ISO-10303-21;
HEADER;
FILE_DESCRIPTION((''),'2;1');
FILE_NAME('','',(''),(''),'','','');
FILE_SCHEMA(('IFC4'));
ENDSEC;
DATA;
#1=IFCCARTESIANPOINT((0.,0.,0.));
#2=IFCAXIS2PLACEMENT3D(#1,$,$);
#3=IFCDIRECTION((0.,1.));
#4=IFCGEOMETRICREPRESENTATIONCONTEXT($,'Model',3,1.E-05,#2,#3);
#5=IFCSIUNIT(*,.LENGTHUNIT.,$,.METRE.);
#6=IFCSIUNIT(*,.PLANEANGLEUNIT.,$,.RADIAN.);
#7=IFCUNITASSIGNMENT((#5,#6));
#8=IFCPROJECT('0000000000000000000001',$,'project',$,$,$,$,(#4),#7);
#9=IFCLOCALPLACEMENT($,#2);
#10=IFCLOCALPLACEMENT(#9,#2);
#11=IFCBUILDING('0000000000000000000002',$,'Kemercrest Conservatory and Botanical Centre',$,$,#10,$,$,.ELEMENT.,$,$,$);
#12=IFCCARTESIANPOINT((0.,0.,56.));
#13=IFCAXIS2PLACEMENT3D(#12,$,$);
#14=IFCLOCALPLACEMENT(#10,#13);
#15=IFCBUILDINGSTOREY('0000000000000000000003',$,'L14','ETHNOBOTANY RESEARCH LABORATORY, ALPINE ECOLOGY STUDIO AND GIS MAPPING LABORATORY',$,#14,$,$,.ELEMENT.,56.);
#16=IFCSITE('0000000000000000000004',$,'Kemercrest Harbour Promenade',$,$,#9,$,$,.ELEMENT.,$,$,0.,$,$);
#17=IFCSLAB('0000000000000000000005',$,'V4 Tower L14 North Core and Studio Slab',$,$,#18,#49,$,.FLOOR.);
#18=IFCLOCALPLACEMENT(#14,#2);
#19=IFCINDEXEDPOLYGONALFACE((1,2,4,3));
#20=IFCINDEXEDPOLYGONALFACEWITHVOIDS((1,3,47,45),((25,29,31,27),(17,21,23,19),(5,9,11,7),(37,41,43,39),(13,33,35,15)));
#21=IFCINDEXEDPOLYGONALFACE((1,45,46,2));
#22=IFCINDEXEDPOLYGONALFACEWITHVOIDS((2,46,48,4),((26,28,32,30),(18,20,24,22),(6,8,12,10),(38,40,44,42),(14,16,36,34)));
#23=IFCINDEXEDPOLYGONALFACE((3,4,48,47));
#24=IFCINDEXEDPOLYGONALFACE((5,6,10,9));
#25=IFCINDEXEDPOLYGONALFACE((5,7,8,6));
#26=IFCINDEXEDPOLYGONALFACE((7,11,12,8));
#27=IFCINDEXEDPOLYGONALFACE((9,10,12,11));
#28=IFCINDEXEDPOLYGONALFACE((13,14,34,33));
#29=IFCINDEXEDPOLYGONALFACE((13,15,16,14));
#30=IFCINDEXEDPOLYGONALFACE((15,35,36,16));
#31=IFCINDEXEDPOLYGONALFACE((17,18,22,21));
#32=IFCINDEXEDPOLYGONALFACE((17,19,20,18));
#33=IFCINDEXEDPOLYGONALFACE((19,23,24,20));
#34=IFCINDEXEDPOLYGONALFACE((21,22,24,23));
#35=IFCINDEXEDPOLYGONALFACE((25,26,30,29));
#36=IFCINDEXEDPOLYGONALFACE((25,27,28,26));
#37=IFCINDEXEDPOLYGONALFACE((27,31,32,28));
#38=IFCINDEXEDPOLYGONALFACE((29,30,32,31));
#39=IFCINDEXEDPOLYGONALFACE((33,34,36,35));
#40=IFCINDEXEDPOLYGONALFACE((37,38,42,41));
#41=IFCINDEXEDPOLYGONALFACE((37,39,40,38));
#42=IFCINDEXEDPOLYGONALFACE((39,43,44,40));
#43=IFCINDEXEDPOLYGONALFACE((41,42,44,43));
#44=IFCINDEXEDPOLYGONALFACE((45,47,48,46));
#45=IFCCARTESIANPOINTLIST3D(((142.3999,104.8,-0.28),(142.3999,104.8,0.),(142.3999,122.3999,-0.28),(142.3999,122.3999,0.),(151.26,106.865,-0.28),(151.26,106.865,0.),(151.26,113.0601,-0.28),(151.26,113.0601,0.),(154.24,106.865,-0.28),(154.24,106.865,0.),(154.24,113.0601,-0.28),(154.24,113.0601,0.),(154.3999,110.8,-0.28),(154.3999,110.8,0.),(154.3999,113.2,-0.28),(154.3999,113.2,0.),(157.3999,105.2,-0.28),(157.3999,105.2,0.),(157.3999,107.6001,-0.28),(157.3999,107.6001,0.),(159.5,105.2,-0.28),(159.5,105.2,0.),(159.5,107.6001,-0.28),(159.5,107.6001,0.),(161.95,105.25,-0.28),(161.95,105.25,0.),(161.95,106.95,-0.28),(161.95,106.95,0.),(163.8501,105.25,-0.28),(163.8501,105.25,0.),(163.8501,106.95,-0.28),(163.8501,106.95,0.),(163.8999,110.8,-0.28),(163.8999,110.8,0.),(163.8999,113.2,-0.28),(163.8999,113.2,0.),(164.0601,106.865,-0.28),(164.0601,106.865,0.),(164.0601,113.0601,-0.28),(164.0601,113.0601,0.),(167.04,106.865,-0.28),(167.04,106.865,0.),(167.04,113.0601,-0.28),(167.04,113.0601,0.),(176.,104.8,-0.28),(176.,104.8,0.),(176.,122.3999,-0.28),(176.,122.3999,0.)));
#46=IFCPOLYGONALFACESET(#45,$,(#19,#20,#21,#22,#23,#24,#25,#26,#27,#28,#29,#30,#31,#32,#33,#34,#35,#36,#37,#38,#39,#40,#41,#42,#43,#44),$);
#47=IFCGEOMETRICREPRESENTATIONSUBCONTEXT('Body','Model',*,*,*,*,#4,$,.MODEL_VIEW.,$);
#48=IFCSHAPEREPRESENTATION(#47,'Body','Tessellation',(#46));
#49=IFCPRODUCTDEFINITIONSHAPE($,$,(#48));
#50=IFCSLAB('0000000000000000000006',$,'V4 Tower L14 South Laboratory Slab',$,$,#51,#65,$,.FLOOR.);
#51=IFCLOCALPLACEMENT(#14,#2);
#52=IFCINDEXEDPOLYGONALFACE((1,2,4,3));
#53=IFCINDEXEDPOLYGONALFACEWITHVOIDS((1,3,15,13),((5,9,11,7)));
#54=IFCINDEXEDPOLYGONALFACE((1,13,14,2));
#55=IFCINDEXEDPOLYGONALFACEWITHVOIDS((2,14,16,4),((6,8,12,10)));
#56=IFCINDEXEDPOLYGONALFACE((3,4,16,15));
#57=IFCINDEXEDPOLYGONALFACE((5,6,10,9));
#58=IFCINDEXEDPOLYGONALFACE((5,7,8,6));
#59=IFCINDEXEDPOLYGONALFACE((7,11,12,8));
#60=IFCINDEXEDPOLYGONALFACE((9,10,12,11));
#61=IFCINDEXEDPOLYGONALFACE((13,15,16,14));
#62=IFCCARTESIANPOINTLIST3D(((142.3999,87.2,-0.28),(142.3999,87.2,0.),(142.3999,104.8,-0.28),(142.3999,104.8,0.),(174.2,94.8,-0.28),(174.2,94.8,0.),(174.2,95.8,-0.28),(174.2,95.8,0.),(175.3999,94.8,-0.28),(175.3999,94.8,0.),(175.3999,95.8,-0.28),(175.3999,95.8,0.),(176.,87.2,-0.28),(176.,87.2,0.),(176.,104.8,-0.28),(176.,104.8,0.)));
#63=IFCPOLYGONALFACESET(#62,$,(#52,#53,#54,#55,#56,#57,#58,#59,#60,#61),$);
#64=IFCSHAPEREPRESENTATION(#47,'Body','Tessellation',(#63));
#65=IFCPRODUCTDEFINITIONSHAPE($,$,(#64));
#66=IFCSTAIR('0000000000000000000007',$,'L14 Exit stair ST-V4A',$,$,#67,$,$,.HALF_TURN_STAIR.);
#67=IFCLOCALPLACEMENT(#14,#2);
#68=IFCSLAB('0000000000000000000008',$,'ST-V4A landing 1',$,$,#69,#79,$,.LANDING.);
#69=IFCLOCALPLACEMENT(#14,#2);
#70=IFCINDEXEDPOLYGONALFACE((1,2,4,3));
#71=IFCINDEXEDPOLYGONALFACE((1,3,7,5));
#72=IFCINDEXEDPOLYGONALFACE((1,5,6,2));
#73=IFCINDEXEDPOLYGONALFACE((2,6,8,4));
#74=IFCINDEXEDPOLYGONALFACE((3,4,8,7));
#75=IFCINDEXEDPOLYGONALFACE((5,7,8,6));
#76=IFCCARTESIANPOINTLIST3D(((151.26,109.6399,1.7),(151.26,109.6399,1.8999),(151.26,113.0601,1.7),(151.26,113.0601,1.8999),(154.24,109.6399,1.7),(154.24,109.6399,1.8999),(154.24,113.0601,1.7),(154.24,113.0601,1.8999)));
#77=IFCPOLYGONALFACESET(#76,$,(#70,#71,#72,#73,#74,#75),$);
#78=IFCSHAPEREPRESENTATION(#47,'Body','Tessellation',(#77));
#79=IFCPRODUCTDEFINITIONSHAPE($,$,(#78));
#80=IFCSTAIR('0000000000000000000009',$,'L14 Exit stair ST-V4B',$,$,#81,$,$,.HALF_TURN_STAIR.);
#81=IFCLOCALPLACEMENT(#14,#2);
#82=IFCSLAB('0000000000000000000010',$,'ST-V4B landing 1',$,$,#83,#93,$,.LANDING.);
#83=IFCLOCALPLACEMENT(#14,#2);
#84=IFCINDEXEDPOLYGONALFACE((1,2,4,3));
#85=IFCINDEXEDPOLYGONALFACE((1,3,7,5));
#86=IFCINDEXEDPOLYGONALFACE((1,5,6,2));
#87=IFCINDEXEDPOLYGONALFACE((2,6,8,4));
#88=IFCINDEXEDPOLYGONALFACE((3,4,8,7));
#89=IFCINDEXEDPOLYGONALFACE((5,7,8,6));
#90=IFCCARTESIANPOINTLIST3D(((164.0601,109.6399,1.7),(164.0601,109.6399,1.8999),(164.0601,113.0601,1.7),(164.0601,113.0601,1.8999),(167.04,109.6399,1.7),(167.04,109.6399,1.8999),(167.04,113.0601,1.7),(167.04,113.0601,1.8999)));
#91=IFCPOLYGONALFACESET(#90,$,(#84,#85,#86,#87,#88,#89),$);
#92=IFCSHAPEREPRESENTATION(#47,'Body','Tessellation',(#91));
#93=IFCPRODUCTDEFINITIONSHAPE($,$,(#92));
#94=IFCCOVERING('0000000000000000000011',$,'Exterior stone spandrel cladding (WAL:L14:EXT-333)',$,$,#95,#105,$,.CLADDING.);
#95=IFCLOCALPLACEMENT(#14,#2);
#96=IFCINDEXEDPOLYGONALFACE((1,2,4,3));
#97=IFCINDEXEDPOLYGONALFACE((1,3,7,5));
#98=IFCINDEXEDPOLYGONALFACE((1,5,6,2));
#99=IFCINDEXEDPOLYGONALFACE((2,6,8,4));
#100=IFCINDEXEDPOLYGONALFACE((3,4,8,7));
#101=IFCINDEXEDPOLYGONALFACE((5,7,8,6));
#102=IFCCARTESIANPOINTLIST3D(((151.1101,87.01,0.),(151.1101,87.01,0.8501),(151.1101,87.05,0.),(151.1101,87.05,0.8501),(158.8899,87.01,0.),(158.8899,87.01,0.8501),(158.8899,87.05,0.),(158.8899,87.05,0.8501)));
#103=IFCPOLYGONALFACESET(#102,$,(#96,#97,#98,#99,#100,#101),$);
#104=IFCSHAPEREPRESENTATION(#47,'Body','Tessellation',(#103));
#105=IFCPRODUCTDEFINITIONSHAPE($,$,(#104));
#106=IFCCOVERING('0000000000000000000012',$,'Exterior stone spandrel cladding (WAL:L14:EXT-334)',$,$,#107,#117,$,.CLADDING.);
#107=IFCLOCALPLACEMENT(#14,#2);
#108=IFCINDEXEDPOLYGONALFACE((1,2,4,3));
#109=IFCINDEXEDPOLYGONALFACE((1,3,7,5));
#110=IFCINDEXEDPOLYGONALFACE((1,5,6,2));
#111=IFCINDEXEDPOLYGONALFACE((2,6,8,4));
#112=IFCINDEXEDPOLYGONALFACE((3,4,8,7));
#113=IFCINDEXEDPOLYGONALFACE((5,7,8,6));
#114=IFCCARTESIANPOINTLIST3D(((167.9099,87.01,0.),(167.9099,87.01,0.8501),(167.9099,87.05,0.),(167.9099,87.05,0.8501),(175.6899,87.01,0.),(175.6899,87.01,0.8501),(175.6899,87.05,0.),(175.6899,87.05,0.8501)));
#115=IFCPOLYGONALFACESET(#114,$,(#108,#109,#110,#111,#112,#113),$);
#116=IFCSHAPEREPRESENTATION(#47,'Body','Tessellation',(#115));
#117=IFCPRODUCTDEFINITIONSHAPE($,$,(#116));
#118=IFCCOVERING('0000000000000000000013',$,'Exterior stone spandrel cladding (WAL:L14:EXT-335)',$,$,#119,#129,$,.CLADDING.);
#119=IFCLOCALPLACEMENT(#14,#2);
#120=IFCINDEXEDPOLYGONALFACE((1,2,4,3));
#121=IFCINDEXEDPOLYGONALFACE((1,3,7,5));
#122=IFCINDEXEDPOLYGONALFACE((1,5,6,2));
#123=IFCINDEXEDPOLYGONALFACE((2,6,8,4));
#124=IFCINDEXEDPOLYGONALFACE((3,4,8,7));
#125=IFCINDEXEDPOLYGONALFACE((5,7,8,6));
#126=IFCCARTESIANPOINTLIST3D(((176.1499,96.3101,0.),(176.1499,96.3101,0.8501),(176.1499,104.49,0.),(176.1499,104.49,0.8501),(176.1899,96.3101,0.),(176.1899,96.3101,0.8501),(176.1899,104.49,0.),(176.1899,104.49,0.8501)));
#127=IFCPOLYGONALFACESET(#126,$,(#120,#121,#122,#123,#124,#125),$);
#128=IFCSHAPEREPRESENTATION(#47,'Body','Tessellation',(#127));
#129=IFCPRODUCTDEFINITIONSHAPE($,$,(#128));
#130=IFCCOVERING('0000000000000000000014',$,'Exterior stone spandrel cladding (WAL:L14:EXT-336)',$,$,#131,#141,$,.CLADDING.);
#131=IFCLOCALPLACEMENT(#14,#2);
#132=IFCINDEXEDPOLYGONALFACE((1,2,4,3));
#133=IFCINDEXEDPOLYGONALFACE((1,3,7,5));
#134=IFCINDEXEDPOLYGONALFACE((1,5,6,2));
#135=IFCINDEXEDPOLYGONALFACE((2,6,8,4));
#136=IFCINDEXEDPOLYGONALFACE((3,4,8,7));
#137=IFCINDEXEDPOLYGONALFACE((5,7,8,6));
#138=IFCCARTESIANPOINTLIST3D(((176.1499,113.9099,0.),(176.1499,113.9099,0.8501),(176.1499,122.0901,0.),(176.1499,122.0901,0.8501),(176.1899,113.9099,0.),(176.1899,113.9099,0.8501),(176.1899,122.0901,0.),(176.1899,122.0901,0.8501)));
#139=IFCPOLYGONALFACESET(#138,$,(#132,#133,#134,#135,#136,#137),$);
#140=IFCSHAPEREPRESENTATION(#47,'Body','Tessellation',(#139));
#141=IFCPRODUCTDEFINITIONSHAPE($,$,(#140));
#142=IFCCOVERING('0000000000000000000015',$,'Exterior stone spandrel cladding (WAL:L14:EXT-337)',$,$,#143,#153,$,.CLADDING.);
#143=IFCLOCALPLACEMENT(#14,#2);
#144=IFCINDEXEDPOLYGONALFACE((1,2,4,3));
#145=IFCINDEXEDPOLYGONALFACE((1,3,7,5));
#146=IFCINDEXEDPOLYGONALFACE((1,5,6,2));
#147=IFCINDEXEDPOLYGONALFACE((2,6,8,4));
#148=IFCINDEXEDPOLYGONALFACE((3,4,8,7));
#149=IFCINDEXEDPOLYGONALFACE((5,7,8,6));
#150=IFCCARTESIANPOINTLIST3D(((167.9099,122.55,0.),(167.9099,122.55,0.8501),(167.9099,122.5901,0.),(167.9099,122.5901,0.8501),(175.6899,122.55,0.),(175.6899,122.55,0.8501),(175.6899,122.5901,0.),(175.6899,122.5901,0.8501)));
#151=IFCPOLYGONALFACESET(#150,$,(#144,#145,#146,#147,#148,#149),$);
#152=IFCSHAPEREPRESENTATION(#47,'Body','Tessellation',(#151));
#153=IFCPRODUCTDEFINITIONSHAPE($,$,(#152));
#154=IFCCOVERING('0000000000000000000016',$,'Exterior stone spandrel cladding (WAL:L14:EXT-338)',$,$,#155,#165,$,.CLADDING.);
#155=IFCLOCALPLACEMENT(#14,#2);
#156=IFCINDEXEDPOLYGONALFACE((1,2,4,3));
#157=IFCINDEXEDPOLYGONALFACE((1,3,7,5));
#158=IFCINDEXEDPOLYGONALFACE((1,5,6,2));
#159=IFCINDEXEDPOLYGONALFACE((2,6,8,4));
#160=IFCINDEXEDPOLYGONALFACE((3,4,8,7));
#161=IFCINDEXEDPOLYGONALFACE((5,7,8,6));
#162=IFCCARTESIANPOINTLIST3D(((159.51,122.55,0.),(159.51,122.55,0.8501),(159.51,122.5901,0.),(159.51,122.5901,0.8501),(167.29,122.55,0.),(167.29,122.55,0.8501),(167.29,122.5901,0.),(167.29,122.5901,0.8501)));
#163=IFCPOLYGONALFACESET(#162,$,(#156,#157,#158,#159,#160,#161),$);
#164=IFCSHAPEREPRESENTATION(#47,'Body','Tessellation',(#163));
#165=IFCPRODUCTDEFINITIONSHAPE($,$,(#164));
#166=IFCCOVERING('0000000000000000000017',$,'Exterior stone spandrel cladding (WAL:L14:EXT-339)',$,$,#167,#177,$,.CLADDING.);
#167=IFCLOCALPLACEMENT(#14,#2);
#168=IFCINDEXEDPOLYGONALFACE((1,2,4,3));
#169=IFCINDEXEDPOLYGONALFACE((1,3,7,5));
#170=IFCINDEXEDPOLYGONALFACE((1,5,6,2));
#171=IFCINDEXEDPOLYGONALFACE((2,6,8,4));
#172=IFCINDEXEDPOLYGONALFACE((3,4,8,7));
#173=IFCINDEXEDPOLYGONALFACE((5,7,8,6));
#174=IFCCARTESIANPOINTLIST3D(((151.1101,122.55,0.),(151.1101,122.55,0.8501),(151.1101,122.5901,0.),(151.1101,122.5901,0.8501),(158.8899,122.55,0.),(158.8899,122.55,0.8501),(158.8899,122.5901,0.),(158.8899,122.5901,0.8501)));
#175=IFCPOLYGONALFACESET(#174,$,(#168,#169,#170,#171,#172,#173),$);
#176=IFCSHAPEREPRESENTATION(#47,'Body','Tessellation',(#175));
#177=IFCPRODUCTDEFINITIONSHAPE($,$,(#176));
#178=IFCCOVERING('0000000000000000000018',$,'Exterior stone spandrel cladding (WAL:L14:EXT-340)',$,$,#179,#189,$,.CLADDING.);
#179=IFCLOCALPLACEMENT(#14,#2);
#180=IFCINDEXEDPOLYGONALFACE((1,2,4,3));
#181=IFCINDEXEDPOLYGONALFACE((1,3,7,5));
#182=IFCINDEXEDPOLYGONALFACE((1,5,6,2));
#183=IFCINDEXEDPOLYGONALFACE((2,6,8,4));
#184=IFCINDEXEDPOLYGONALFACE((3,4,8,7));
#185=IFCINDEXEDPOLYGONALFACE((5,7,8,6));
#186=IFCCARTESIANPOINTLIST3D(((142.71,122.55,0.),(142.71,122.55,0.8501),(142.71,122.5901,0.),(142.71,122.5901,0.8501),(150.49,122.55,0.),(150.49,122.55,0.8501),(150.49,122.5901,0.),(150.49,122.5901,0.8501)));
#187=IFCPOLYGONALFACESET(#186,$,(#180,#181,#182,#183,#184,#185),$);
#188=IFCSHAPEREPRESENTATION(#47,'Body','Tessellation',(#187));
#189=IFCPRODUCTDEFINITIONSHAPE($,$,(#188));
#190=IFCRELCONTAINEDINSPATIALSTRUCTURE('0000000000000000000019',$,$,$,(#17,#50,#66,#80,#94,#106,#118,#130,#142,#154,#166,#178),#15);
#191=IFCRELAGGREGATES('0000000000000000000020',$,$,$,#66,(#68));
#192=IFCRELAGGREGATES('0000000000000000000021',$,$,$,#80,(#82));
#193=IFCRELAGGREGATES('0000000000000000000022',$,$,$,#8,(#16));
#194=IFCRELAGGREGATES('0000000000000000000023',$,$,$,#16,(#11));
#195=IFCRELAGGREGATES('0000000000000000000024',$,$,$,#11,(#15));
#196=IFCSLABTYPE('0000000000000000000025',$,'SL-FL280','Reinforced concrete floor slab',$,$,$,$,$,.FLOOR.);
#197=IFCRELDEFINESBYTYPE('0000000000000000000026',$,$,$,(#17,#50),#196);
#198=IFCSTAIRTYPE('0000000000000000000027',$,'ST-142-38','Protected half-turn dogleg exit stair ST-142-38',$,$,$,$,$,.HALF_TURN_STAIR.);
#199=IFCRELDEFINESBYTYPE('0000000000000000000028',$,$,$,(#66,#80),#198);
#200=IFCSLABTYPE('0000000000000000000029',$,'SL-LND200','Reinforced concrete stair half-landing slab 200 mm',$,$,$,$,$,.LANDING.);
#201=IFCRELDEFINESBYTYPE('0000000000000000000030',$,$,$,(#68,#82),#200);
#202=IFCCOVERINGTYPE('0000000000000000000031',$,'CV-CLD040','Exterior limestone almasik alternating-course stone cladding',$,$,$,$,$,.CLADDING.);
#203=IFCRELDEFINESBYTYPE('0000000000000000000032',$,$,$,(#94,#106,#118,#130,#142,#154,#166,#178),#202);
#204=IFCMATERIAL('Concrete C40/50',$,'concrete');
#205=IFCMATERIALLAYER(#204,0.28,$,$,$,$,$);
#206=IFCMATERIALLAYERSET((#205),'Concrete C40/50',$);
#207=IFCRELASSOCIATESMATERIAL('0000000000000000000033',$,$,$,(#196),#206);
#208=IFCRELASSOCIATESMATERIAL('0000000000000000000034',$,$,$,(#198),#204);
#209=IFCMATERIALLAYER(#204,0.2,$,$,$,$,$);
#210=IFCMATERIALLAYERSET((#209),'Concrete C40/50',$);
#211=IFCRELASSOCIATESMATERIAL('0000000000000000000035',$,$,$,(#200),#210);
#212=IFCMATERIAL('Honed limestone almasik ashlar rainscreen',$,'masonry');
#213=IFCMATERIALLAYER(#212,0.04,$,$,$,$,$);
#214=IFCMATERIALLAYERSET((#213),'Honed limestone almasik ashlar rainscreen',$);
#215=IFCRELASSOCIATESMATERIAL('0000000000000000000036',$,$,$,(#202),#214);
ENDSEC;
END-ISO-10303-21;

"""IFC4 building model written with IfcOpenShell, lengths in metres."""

from ifc_helpers import new_model, si_unit, direction, frame, origin, place, context, subcontext, project, spatial, polyline, outline, extrude, material, layer, layer_set, type_object, element, aggregate, save


model = new_model("IFC4")

# Units and contexts
model_context = context("Model", 3, precision=1e-05, world=origin(), true_north=direction((0.0, 1.0)))
body_context = subcontext(model_context, "Body", "Model", "MODEL_VIEW")
ifc_project = project(units=[si_unit("LENGTHUNIT", "METRE"), si_unit("PLANEANGLEUNIT", "RADIAN")], contexts=[model_context])

# Site, building, storey
site_placement = place(None, origin())
site = spatial("IfcSite", under=ifc_project, at=site_placement, Name="Kemercrest Harbour Promenade", CompositionType="ELEMENT", RefElevation=0.0)
building_placement = place(site_placement, origin())
building = spatial("IfcBuilding", under=site, at=building_placement, Name="Kemercrest Conservatory and Botanical Centre", CompositionType="ELEMENT")
storey_placement = place(building_placement, frame((0.0, 0.0, 56.0)))
storey = spatial("IfcBuildingStorey", under=building, at=storey_placement, Name="L14", Description="ETHNOBOTANY RESEARCH LABORATORY, ALPINE ECOLOGY STUDIO AND GIS MAPPING LABORATORY", CompositionType="ELEMENT", Elevation=56.0)

# Slabs
ifc_material_1 = material(Name="Concrete C40/50", Category="concrete")
ifc_layer_1 = layer(ifc_material_1, 0.28)
ifc_layer_set_1 = layer_set([ifc_layer_1], Name="Concrete C40/50")
slab_type_1 = type_object("IfcSlabType", Name="SL-FL280", Description="Reinforced concrete floor slab", PredefinedType="FLOOR", material=ifc_layer_set_1)
slab_1_placement = place(storey_placement, frame((0.0, 0.0, -0.28)))
element("IfcSlab", 1, at=slab_1_placement, inside=storey, type_object=slab_type_1, Name="V4 Tower L14 North Core and Studio Slab", PredefinedType="FLOOR", context=body_context, shape_type="SweptSolid", body=[
    extrude(outline(polyline([(142.3999, 122.3999), (142.3999, 104.8), (176.0, 104.8), (176.0, 122.3999), (142.3999, 122.3999)]), holes=[polyline([(164.0601, 106.865), (164.0601, 113.0601), (167.04, 113.0601), (167.04, 106.865), (164.0601, 106.865)]), polyline([(154.3999, 110.8), (154.3999, 113.2), (163.8999, 113.2), (163.8999, 110.8), (154.3999, 110.8)]), polyline([(161.95, 105.25), (161.95, 106.95), (163.8501, 106.95), (163.8501, 105.25), (161.95, 105.25)]), polyline([(157.3999, 105.2), (157.3999, 107.6001), (159.5, 107.6001), (159.5, 105.2), (157.3999, 105.2)]), polyline([(154.24, 106.865), (151.26, 106.865), (151.26, 113.0601), (154.24, 113.0601), (154.24, 106.865)])]), origin(), (0.0, 0.0, 1.0), 0.28),
])
slab_2_placement = place(storey_placement, frame((0.0, 0.0, -0.28)))
element("IfcSlab", 2, at=slab_2_placement, inside=storey, type_object=slab_type_1, Name="V4 Tower L14 South Laboratory Slab", PredefinedType="FLOOR", context=body_context, shape_type="SweptSolid", body=[
    extrude(outline(polyline([(142.3999, 104.8), (142.3999, 87.2), (176.0, 87.2), (176.0, 104.8), (142.3999, 104.8)]), holes=[polyline([(175.3999, 94.8), (174.2, 94.8), (174.2, 95.8), (175.3999, 95.8), (175.3999, 94.8)])]), origin(), (0.0, 0.0, 1.0), 0.28),
])

# Stairs, slabs
stair_type = type_object("IfcStairType", Name="ST-142-38", Description="Protected half-turn dogleg exit stair ST-142-38", PredefinedType="HALF_TURN_STAIR", material=ifc_material_1)
stair_1_placement = place(storey_placement, origin())
stair_1 = element("IfcStair", 3, at=stair_1_placement, inside=storey, type_object=stair_type, Name="L14 Exit stair ST-V4A", PredefinedType="HALF_TURN_STAIR")
ifc_layer_2 = layer(ifc_material_1, 0.2)
ifc_layer_set_2 = layer_set([ifc_layer_2], Name="Concrete C40/50")
slab_type_2 = type_object("IfcSlabType", Name="SL-LND200", Description="Reinforced concrete stair half-landing slab 200 mm", PredefinedType="LANDING", material=ifc_layer_set_2)
slab_3_placement = place(storey_placement, frame((0.0, 0.0, 1.7)))
slab_3 = element("IfcSlab", 4, at=slab_3_placement, type_object=slab_type_2, Name="ST-V4A landing 1", PredefinedType="LANDING", context=body_context, shape_type="SweptSolid", body=[
    extrude(outline(polyline([(154.24, 109.6399), (154.24, 113.0601), (151.26, 113.0601), (151.26, 109.6399), (154.24, 109.6399)])), origin(), (0.0, 0.0, 1.0), 0.2),
])
aggregate(stair_1, [slab_3])
stair_2_placement = place(storey_placement, origin())
stair_2 = element("IfcStair", 5, at=stair_2_placement, inside=storey, type_object=stair_type, Name="L14 Exit stair ST-V4B", PredefinedType="HALF_TURN_STAIR")
slab_4_placement = place(storey_placement, frame((0.0, 0.0, 1.7)))
slab_4 = element("IfcSlab", 6, at=slab_4_placement, type_object=slab_type_2, Name="ST-V4B landing 1", PredefinedType="LANDING", context=body_context, shape_type="SweptSolid", body=[
    extrude(outline(polyline([(167.04, 109.6399), (167.04, 113.0601), (164.0601, 113.0601), (164.0601, 109.6399), (167.04, 109.6399)])), origin(), (0.0, 0.0, 1.0), 0.2),
])
aggregate(stair_2, [slab_4])

# Coverings
ifc_material_2 = material(Name="Honed limestone almasik ashlar rainscreen", Category="masonry")
ifc_layer_3 = layer(ifc_material_2, 0.04)
ifc_layer_set_3 = layer_set([ifc_layer_3], Name="Honed limestone almasik ashlar rainscreen")
covering_type_1 = type_object("IfcCoveringType", Name="CV-CLD040", Description="Exterior limestone almasik alternating-course stone cladding", PredefinedType="CLADDING", material=ifc_layer_set_3)
covering_1_placement = place(storey_placement, origin())
element("IfcCovering", 7, at=covering_1_placement, inside=storey, type_object=covering_type_1, Name="Exterior stone spandrel cladding (WAL:L14:EXT-333)", PredefinedType="CLADDING", context=body_context, shape_type="SweptSolid", body=[
    extrude(outline(polyline([(151.1101, 87.05), (151.1101, 87.01), (158.8899, 87.01), (158.8899, 87.05), (151.1101, 87.05)])), origin(), (0.0, 0.0, 1.0), 0.8501),
])
covering_2_placement = place(storey_placement, origin())
element("IfcCovering", 8, at=covering_2_placement, inside=storey, type_object=covering_type_1, Name="Exterior stone spandrel cladding (WAL:L14:EXT-334)", PredefinedType="CLADDING", context=body_context, shape_type="SweptSolid", body=[
    extrude(outline(polyline([(167.9099, 87.05), (167.9099, 87.01), (175.6899, 87.01), (175.6899, 87.05), (167.9099, 87.05)])), origin(), (0.0, 0.0, 1.0), 0.8501),
])
covering_3_placement = place(storey_placement, origin())
element("IfcCovering", 9, at=covering_3_placement, inside=storey, type_object=covering_type_1, Name="Exterior stone spandrel cladding (WAL:L14:EXT-335)", PredefinedType="CLADDING", context=body_context, shape_type="SweptSolid", body=[
    extrude(outline(polyline([(176.1499, 96.3101), (176.1899, 96.3101), (176.1899, 104.49), (176.1499, 104.49), (176.1499, 96.3101)])), origin(), (0.0, 0.0, 1.0), 0.8501),
])
covering_4_placement = place(storey_placement, origin())
element("IfcCovering", 10, at=covering_4_placement, inside=storey, type_object=covering_type_1, Name="Exterior stone spandrel cladding (WAL:L14:EXT-336)", PredefinedType="CLADDING", context=body_context, shape_type="SweptSolid", body=[
    extrude(outline(polyline([(176.1499, 113.9099), (176.1899, 113.9099), (176.1899, 122.0901), (176.1499, 122.0901), (176.1499, 113.9099)])), origin(), (0.0, 0.0, 1.0), 0.8501),
])
covering_5_placement = place(storey_placement, origin())
element("IfcCovering", 11, at=covering_5_placement, inside=storey, type_object=covering_type_1, Name="Exterior stone spandrel cladding (WAL:L14:EXT-337)", PredefinedType="CLADDING", context=body_context, shape_type="SweptSolid", body=[
    extrude(outline(polyline([(175.6899, 122.55), (175.6899, 122.5901), (167.9099, 122.5901), (167.9099, 122.55), (175.6899, 122.55)])), origin(), (0.0, 0.0, 1.0), 0.8501),
])
covering_6_placement = place(storey_placement, origin())
element("IfcCovering", 12, at=covering_6_placement, inside=storey, type_object=covering_type_1, Name="Exterior stone spandrel cladding (WAL:L14:EXT-338)", PredefinedType="CLADDING", context=body_context, shape_type="SweptSolid", body=[
    extrude(outline(polyline([(167.29, 122.55), (167.29, 122.5901), (159.51, 122.5901), (159.51, 122.55), (167.29, 122.55)])), origin(), (0.0, 0.0, 1.0), 0.8501),
])
covering_7_placement = place(storey_placement, origin())
element("IfcCovering", 13, at=covering_7_placement, inside=storey, type_object=covering_type_1, Name="Exterior stone spandrel cladding (WAL:L14:EXT-339)", PredefinedType="CLADDING", context=body_context, shape_type="SweptSolid", body=[
    extrude(outline(polyline([(158.8899, 122.55), (158.8899, 122.5901), (151.1101, 122.5901), (151.1101, 122.55), (158.8899, 122.55)])), origin(), (0.0, 0.0, 1.0), 0.8501),
])
covering_8_placement = place(storey_placement, origin())
element("IfcCovering", 14, at=covering_8_placement, inside=storey, type_object=covering_type_1, Name="Exterior stone spandrel cladding (WAL:L14:EXT-340)", PredefinedType="CLADDING", context=body_context, shape_type="SweptSolid", body=[
    extrude(outline(polyline([(150.49, 122.55), (150.49, 122.5901), (142.71, 122.5901), (142.71, 122.55), (150.49, 122.55)])), origin(), (0.0, 0.0, 1.0), 0.8501),
])

save(model, "model.ifc")
